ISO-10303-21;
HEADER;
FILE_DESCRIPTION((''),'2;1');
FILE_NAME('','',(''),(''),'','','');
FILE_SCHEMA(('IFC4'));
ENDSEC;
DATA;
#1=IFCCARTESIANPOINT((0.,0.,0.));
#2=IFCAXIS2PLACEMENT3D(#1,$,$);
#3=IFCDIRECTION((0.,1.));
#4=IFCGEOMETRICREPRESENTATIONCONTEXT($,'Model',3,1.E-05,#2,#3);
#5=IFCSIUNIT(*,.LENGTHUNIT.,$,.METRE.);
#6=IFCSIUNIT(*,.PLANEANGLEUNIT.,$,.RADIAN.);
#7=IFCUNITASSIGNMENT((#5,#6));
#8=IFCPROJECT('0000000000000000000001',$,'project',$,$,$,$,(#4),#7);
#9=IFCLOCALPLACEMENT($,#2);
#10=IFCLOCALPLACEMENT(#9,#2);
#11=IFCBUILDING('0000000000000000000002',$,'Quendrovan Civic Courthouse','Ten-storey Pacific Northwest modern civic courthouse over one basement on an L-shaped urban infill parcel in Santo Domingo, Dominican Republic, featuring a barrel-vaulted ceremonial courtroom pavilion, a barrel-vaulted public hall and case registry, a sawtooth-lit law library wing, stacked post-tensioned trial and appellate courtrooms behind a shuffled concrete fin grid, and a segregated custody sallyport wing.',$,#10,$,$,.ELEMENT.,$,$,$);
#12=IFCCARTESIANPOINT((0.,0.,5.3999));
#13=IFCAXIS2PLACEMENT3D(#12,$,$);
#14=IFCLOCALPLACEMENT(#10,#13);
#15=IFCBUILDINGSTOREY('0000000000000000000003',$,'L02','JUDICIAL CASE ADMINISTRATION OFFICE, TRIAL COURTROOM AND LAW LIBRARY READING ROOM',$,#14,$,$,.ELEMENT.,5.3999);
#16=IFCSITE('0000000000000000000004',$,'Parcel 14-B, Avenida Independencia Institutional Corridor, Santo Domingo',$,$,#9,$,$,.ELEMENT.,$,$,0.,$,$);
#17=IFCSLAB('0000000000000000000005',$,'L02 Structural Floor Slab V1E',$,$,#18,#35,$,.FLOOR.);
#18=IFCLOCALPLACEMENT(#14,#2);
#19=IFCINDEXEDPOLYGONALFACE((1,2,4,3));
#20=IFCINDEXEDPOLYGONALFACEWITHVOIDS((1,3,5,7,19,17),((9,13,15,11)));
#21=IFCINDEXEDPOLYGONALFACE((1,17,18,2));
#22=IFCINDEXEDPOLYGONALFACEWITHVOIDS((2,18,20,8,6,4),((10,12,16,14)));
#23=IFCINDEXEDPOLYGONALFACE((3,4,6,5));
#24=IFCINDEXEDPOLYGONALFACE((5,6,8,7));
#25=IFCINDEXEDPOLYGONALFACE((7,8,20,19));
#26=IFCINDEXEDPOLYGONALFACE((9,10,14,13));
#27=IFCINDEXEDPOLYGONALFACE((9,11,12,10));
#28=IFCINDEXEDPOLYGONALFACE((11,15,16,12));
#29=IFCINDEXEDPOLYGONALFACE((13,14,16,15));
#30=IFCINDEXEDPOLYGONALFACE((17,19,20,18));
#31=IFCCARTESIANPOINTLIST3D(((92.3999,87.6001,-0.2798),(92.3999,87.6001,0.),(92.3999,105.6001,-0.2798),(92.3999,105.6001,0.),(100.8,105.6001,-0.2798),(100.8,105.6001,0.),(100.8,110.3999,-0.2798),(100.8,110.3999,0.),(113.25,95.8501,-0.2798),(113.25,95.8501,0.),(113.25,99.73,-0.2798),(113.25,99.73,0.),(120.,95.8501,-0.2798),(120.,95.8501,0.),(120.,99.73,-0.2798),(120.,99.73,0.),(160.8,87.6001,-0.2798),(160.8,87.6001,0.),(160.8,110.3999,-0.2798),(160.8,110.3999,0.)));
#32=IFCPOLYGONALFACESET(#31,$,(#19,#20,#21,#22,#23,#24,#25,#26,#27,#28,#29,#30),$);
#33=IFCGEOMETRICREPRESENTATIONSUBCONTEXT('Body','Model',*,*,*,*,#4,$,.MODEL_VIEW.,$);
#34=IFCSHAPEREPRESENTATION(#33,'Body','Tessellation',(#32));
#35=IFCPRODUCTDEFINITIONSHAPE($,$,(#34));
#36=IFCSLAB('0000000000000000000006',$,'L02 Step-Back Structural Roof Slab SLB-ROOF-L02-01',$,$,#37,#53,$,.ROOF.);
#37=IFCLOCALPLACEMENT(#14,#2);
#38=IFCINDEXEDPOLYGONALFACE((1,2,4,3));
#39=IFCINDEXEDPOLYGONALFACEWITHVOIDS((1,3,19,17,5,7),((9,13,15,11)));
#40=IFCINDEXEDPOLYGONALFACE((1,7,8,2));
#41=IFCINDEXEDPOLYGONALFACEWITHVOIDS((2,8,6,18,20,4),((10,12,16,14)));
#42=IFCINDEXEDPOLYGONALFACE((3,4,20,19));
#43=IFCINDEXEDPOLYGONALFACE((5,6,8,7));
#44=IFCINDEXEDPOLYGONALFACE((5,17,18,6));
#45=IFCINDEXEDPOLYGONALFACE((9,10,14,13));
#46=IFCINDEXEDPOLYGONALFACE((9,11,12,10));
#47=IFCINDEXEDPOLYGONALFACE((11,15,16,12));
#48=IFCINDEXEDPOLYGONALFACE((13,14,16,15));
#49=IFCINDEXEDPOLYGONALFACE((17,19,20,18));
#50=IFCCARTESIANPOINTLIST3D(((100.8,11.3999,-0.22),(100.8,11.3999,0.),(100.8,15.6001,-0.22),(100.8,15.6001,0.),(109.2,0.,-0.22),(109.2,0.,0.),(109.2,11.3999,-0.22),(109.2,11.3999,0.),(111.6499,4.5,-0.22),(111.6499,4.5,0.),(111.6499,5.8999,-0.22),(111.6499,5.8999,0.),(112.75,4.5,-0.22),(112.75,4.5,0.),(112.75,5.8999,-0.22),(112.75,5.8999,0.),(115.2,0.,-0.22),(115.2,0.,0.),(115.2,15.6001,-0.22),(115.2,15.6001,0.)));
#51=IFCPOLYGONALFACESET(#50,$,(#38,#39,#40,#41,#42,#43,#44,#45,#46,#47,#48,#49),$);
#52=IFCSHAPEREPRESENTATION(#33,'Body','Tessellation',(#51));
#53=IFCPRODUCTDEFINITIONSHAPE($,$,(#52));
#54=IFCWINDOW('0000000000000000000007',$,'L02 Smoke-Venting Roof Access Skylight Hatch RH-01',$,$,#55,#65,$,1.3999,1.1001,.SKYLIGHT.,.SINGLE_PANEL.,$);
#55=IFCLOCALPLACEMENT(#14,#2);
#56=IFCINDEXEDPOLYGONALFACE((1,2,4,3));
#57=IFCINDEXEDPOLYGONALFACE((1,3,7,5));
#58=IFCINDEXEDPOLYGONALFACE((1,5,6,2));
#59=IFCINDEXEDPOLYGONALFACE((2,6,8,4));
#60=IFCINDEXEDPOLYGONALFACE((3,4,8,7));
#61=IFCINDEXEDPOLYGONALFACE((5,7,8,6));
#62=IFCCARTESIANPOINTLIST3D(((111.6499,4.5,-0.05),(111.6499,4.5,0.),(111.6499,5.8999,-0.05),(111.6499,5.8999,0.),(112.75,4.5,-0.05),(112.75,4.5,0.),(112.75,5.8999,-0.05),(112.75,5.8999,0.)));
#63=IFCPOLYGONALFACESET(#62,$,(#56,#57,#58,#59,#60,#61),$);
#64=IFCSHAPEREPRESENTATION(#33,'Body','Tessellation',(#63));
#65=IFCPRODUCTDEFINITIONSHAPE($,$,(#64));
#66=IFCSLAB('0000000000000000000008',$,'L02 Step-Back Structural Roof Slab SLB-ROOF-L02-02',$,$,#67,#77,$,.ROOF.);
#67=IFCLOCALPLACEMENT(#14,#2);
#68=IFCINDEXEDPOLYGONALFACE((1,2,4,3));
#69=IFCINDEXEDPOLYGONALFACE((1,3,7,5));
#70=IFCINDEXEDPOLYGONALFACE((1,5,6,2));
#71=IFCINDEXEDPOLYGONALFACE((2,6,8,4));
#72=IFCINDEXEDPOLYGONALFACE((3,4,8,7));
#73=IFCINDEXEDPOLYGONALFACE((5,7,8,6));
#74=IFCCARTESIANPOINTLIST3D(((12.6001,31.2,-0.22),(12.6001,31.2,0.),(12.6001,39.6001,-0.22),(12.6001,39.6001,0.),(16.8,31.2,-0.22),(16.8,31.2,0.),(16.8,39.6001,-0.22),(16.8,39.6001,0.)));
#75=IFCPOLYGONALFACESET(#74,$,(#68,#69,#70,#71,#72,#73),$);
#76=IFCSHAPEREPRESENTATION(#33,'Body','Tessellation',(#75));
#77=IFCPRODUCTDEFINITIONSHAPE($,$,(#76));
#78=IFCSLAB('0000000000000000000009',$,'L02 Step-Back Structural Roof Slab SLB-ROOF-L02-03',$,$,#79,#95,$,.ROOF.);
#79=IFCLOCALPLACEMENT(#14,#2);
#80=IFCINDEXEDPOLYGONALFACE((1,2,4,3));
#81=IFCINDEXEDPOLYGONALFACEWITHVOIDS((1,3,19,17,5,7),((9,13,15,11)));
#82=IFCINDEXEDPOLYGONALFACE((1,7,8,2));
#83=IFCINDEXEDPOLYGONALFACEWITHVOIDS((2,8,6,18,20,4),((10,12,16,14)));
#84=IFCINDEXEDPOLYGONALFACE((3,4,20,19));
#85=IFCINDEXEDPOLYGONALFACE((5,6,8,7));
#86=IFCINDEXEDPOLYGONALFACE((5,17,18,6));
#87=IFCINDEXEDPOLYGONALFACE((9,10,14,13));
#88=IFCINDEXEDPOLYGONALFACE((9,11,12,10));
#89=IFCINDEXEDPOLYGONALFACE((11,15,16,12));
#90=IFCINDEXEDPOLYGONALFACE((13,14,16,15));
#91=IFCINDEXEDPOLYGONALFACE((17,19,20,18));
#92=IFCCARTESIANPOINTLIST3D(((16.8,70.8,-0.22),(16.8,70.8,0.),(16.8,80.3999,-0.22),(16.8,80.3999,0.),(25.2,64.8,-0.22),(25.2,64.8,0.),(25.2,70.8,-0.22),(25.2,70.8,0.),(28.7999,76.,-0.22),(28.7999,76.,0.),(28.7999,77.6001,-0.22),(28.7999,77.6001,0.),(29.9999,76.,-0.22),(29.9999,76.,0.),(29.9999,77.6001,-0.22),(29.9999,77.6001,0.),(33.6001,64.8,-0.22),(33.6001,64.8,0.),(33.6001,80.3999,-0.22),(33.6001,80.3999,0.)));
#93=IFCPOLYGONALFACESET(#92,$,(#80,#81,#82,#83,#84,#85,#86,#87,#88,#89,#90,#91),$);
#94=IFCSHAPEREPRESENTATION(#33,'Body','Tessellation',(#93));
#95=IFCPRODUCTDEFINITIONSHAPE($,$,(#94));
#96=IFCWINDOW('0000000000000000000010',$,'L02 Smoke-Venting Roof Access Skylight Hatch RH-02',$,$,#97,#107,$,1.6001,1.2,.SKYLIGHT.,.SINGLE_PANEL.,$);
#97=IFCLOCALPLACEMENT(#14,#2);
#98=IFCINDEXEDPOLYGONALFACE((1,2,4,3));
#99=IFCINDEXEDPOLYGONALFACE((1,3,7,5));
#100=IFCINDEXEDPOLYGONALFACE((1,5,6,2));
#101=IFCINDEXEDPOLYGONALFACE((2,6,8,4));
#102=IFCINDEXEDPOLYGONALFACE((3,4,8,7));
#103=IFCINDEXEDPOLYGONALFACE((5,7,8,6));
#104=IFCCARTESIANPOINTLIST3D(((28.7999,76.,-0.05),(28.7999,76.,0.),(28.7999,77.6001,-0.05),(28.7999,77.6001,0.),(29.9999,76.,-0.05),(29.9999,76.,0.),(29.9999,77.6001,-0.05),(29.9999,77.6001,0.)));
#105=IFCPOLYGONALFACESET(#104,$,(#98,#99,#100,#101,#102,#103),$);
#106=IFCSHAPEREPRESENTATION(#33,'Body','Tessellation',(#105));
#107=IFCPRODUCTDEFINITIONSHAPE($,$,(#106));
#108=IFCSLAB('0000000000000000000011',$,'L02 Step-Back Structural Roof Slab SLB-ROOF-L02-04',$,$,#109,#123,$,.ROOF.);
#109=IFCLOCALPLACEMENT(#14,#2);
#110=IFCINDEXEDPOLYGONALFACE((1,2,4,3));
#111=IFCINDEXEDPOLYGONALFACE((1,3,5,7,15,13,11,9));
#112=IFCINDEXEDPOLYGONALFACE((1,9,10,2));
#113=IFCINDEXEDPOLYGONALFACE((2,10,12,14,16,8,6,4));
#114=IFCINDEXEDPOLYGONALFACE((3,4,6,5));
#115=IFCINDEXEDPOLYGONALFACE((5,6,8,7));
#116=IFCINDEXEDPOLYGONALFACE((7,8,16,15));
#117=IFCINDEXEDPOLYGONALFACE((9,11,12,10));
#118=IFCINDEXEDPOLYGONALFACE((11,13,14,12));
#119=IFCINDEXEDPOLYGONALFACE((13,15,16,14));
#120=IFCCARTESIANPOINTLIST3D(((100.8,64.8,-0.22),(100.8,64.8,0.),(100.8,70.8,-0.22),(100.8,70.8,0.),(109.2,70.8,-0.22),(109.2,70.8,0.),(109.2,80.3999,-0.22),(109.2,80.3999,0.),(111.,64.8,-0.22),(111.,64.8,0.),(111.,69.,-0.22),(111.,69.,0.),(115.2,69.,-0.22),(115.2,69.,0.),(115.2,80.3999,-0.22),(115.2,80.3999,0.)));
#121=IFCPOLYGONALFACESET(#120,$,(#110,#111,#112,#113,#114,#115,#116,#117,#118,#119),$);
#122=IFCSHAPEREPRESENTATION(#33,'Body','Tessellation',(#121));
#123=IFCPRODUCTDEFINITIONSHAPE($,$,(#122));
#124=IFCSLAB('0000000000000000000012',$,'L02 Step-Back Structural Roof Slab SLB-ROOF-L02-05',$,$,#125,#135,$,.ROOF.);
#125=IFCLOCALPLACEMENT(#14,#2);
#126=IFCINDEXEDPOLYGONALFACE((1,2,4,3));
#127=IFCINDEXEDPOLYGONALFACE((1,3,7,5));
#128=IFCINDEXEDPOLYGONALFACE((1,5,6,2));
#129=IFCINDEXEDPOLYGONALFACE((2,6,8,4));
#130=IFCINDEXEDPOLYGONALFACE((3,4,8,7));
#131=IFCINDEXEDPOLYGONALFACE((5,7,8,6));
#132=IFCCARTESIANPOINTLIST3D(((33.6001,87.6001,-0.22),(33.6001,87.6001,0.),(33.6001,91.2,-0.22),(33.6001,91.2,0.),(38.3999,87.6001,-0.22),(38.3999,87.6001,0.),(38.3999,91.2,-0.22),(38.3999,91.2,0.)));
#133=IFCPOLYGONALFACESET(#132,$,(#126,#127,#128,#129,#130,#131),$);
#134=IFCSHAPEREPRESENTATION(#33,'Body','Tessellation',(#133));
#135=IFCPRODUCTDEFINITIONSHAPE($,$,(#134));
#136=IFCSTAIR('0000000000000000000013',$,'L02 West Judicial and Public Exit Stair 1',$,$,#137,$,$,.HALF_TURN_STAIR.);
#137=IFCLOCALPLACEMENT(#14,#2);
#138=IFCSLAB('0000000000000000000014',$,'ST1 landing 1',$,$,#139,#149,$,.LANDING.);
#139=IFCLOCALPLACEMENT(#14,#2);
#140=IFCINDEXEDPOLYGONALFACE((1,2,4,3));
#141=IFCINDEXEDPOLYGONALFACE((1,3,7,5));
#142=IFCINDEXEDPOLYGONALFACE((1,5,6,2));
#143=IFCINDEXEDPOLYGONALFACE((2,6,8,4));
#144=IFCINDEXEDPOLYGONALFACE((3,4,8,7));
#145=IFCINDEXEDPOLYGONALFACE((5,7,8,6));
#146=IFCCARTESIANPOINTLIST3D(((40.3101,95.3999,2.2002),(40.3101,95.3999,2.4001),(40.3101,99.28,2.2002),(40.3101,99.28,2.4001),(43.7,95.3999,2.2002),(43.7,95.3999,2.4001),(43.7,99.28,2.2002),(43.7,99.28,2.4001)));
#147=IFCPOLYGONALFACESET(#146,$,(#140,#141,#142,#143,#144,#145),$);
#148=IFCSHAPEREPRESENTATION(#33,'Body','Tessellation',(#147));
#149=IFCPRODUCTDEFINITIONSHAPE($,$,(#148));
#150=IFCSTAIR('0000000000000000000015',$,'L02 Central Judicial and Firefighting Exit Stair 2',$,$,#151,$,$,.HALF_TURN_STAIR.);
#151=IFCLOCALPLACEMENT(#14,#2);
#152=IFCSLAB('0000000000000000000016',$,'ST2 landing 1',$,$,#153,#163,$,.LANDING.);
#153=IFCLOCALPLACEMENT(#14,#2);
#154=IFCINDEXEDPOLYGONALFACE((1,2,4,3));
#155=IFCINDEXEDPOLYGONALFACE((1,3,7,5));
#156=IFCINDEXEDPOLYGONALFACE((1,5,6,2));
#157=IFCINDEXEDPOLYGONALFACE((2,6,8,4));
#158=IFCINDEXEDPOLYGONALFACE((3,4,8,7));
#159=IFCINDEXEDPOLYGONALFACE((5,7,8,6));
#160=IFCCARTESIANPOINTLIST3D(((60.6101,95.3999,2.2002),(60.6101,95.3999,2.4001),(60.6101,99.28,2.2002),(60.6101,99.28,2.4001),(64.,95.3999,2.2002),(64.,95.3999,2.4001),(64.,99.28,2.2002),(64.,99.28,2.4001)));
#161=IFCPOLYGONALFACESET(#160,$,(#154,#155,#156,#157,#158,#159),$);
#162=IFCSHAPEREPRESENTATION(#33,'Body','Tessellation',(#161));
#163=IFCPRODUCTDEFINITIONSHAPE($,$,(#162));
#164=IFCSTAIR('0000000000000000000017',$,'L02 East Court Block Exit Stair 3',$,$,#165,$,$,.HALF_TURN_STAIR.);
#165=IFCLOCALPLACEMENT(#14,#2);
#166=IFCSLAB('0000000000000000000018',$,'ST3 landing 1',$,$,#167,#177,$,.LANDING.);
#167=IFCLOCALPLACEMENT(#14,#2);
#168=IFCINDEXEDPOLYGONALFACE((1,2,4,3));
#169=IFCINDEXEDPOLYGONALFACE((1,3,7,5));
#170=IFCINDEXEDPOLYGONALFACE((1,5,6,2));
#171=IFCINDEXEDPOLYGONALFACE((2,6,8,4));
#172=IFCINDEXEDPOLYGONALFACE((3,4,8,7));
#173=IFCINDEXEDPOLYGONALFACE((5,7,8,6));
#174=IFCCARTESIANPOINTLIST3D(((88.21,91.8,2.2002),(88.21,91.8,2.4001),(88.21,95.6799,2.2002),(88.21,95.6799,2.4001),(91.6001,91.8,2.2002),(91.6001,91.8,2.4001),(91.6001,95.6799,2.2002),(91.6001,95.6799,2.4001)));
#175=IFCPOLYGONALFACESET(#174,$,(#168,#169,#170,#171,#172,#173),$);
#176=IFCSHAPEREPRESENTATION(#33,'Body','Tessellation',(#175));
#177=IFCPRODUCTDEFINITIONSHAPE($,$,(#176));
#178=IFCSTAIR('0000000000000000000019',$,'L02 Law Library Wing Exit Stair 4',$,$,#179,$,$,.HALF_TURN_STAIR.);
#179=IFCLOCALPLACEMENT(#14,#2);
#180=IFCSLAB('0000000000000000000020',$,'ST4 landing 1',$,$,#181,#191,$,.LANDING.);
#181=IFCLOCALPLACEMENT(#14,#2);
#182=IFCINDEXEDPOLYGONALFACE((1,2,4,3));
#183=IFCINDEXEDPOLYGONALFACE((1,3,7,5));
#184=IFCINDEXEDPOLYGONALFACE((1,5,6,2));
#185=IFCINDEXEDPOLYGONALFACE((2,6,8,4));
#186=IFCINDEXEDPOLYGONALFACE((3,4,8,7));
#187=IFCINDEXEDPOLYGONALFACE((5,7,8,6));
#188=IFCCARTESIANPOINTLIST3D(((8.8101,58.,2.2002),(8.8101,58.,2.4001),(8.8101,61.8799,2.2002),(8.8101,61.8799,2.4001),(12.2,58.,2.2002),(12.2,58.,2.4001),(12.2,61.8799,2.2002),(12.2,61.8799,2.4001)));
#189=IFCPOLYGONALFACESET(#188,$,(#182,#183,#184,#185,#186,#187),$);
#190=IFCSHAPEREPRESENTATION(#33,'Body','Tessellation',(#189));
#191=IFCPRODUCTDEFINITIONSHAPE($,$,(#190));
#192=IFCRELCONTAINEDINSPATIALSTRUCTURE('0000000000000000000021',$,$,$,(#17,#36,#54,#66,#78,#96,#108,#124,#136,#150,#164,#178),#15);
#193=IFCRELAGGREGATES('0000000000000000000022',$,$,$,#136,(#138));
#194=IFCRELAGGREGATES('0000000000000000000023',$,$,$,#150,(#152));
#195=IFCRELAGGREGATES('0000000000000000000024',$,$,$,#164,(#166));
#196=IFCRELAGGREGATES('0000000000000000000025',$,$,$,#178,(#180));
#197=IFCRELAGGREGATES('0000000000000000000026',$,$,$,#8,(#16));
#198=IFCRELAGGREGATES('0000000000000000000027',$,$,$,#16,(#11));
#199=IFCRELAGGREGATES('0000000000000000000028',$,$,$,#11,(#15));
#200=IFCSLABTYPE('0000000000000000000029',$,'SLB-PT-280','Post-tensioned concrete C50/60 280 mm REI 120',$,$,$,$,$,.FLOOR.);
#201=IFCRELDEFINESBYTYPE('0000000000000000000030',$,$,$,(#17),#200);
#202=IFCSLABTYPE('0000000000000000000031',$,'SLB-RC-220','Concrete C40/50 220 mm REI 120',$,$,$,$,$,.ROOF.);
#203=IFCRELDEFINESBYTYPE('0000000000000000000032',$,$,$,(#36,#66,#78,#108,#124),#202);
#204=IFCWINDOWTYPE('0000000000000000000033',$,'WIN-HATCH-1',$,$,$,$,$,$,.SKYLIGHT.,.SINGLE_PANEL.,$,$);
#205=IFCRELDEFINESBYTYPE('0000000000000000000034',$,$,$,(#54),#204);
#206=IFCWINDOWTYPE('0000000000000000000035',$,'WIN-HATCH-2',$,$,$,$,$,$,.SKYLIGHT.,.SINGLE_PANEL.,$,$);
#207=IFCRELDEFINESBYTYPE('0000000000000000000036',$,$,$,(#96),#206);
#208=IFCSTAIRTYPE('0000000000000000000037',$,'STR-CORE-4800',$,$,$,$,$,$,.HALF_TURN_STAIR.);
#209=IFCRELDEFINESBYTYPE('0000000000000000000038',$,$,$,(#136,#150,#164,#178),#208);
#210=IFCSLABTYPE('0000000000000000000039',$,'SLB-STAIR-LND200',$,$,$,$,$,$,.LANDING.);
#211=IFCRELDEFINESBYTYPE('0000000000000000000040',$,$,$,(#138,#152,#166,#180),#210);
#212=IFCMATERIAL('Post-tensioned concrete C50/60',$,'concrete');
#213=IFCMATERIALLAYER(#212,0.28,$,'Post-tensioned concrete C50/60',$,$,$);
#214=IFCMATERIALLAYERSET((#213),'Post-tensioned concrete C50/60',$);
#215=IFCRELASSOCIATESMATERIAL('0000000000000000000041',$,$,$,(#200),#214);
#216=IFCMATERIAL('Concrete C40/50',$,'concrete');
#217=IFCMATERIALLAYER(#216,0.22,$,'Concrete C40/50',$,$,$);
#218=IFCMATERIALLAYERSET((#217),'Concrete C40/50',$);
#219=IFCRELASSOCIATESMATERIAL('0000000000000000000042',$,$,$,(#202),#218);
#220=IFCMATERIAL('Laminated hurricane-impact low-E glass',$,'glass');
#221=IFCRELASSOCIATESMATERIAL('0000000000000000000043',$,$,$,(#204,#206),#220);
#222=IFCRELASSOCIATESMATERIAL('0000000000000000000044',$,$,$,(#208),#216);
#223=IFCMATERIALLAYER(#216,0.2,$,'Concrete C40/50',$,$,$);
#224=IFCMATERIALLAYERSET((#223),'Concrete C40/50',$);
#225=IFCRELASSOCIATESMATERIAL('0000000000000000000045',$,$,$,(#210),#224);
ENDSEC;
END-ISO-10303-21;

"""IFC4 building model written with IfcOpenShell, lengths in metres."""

from ifc_helpers import new_model, si_unit, direction, frame, origin, origin_2d, place, context, subcontext, project, spatial, polyline, rectangle, outline, extrude, material, layer, layer_set, type_object, element, fill, aggregate, save


model = new_model("IFC4")

# Units and contexts
model_context = context("Model", 3, precision=1e-05, world=origin(), true_north=direction((0.0, 1.0)))
body_context = subcontext(model_context, "Body", "Model", "MODEL_VIEW")
ifc_project = project(units=[si_unit("LENGTHUNIT", "METRE"), si_unit("PLANEANGLEUNIT", "RADIAN")], contexts=[model_context])

# Site, building, storey
site_placement = place(None, origin())
site = spatial("IfcSite", under=ifc_project, at=site_placement, Name="Parcel 14-B, Avenida Independencia Institutional Corridor, Santo Domingo", CompositionType="ELEMENT", RefElevation=0.0)
building_placement = place(site_placement, origin())
building = spatial("IfcBuilding", under=site, at=building_placement, Name="Quendrovan Civic Courthouse", Description="Ten-storey Pacific Northwest modern civic courthouse over one basement on an L-shaped urban infill parcel in Santo Domingo, Dominican Republic, featuring a barrel-vaulted ceremonial courtroom pavilion, a barrel-vaulted public hall and case registry, a sawtooth-lit law library wing, stacked post-tensioned trial and appellate courtrooms behind a shuffled concrete fin grid, and a segregated custody sallyport wing.", CompositionType="ELEMENT")
storey_placement = place(building_placement, frame((0.0, 0.0, 5.3999)))
storey = spatial("IfcBuildingStorey", under=building, at=storey_placement, Name="L02", Description="JUDICIAL CASE ADMINISTRATION OFFICE, TRIAL COURTROOM AND LAW LIBRARY READING ROOM", CompositionType="ELEMENT", Elevation=5.3999)

# Slab
ifc_material_1 = material(Name="Post-tensioned concrete C50/60", Category="concrete")
ifc_layer_1 = layer(ifc_material_1, 0.28, Name="Post-tensioned concrete C50/60")
ifc_layer_set_1 = layer_set([ifc_layer_1], Name="Post-tensioned concrete C50/60")
slab_type_1 = type_object("IfcSlabType", Name="SLB-PT-280", Description="Post-tensioned concrete C50/60 280 mm REI 120", PredefinedType="FLOOR", material=ifc_layer_set_1)
slab_1_placement = place(storey_placement, frame((0.0, 0.0, -0.2798)))
element("IfcSlab", 1, at=slab_1_placement, inside=storey, type_object=slab_type_1, Name="L02 Structural Floor Slab V1E", PredefinedType="FLOOR", context=body_context, shape_type="SweptSolid", body=[
    extrude(outline(polyline([(160.8, 87.6001), (92.3999, 87.6001), (92.3999, 105.6001), (100.8, 105.6001), (100.8, 110.3999), (160.8, 110.3999), (160.8, 87.6001)]), holes=[polyline([(120.0, 95.8501), (120.0, 99.73), (113.25, 99.73), (113.25, 95.8501), (120.0, 95.8501)])]), origin(), (0.0, 0.0, 1.0), 0.2798),
])

# Slab, opening, window
ifc_material_2 = material(Name="Concrete C40/50", Category="concrete")
ifc_layer_2 = layer(ifc_material_2, 0.22, Name="Concrete C40/50")
ifc_layer_set_2 = layer_set([ifc_layer_2], Name="Concrete C40/50")
slab_type_2 = type_object("IfcSlabType", Name="SLB-RC-220", Description="Concrete C40/50 220 mm REI 120", PredefinedType="ROOF", material=ifc_layer_set_2)
slab_2_placement = place(storey_placement, frame((0.0, 0.0, -0.22)))
slab_2 = element("IfcSlab", 2, at=slab_2_placement, inside=storey, type_object=slab_type_2, Name="L02 Step-Back Structural Roof Slab SLB-ROOF-L02-01", PredefinedType="ROOF", context=body_context, shape_type="SweptSolid", body=[
    extrude(outline(polyline([(115.2, 15.6001), (115.2, 0.0), (109.2, 0.0), (109.2, 11.3999), (100.8, 11.3999), (100.8, 15.6001), (115.2, 15.6001)])), origin(), (0.0, 0.0, 1.0), 0.22),
])
opening_1_placement = place(slab_2_placement, frame((112.2, 5.2, 0.0)))
opening_1 = element("IfcOpeningElement", 3, at=opening_1_placement, cuts=slab_2, PredefinedType="OPENING", context=body_context, shape_type="SweptSolid", body=[
    extrude(rectangle(XDim=1.1001, YDim=1.3999, at=origin_2d()), frame((0.0, 0.0, -0.01)), (0.0, 0.0, 1.0), 0.24),
])
ifc_material_3 = material(Name="Laminated hurricane-impact low-E glass", Category="glass")
window_type_1 = type_object("IfcWindowType", Name="WIN-HATCH-1", PartitioningType="SINGLE_PANEL", PredefinedType="SKYLIGHT", material=ifc_material_3)
window_1_placement = place(opening_1_placement, frame((0.0, 0.0, 0.1699)))
window_1 = element("IfcWindow", 4, at=window_1_placement, inside=storey, type_object=window_type_1, Name="L02 Smoke-Venting Roof Access Skylight Hatch RH-01", OverallHeight=1.3999, OverallWidth=1.1001, PartitioningType="SINGLE_PANEL", PredefinedType="SKYLIGHT", context=body_context, shape_type="SweptSolid", body=[
    extrude(rectangle(XDim=1.1001, YDim=1.3999, at=origin_2d()), origin(), (0.0, 0.0, 1.0), 0.05),
])
fill(opening_1, window_1)

# Slab
slab_3_placement = place(storey_placement, frame((0.0, 0.0, -0.22)))
element("IfcSlab", 5, at=slab_3_placement, inside=storey, type_object=slab_type_2, Name="L02 Step-Back Structural Roof Slab SLB-ROOF-L02-02", PredefinedType="ROOF", context=body_context, shape_type="SweptSolid", body=[
    extrude(outline(polyline([(16.8, 39.6001), (16.8, 31.2), (12.6001, 31.2), (12.6001, 39.6001), (16.8, 39.6001)])), origin(), (0.0, 0.0, 1.0), 0.22),
])

# Slab, opening, window
slab_4_placement = place(storey_placement, frame((0.0, 0.0, -0.22)))
slab_4 = element("IfcSlab", 6, at=slab_4_placement, inside=storey, type_object=slab_type_2, Name="L02 Step-Back Structural Roof Slab SLB-ROOF-L02-03", PredefinedType="ROOF", context=body_context, shape_type="SweptSolid", body=[
    extrude(outline(polyline([(25.2, 70.8), (16.8, 70.8), (16.8, 80.3999), (33.6001, 80.3999), (33.6001, 64.8), (25.2, 64.8), (25.2, 70.8)])), origin(), (0.0, 0.0, 1.0), 0.22),
])
opening_2_placement = place(slab_4_placement, frame((29.3999, 76.8, 0.0)))
opening_2 = element("IfcOpeningElement", 7, at=opening_2_placement, cuts=slab_4, PredefinedType="OPENING", context=body_context, shape_type="SweptSolid", body=[
    extrude(rectangle(XDim=1.2, YDim=1.6001, at=origin_2d()), frame((0.0, 0.0, -0.01)), (0.0, 0.0, 1.0), 0.24),
])
window_type_2 = type_object("IfcWindowType", Name="WIN-HATCH-2", PartitioningType="SINGLE_PANEL", PredefinedType="SKYLIGHT", material=ifc_material_3)
window_2_placement = place(opening_2_placement, frame((0.0, 0.0, 0.1699)))
window_2 = element("IfcWindow", 8, at=window_2_placement, inside=storey, type_object=window_type_2, Name="L02 Smoke-Venting Roof Access Skylight Hatch RH-02", OverallHeight=1.6001, OverallWidth=1.2, PartitioningType="SINGLE_PANEL", PredefinedType="SKYLIGHT", context=body_context, shape_type="SweptSolid", body=[
    extrude(rectangle(XDim=1.2, YDim=1.6001, at=origin_2d()), origin(), (0.0, 0.0, 1.0), 0.05),
])
fill(opening_2, window_2)

# Slabs
slab_5_placement = place(storey_placement, frame((0.0, 0.0, -0.22)))
element("IfcSlab", 9, at=slab_5_placement, inside=storey, type_object=slab_type_2, Name="L02 Step-Back Structural Roof Slab SLB-ROOF-L02-04", PredefinedType="ROOF", context=body_context, shape_type="SweptSolid", body=[
    extrude(outline(polyline([(115.2, 80.3999), (115.2, 69.0), (111.0, 69.0), (111.0, 64.8), (100.8, 64.8), (100.8, 70.8), (109.2, 70.8), (109.2, 80.3999), (115.2, 80.3999)])), origin(), (0.0, 0.0, 1.0), 0.22),
])
slab_6_placement = place(storey_placement, frame((0.0, 0.0, -0.22)))
element("IfcSlab", 10, at=slab_6_placement, inside=storey, type_object=slab_type_2, Name="L02 Step-Back Structural Roof Slab SLB-ROOF-L02-05", PredefinedType="ROOF", context=body_context, shape_type="SweptSolid", body=[
    extrude(outline(polyline([(33.6001, 91.2), (38.3999, 91.2), (38.3999, 87.6001), (33.6001, 87.6001), (33.6001, 91.2)])), origin(), (0.0, 0.0, 1.0), 0.22),
])

# Stairs, slabs
stair_type = type_object("IfcStairType", Name="STR-CORE-4800", PredefinedType="HALF_TURN_STAIR", material=ifc_material_2)
stair_1_placement = place(storey_placement, origin())
stair_1 = element("IfcStair", 11, at=stair_1_placement, inside=storey, type_object=stair_type, Name="L02 West Judicial and Public Exit Stair 1", PredefinedType="HALF_TURN_STAIR")
ifc_layer_3 = layer(ifc_material_2, 0.2, Name="Concrete C40/50")
ifc_layer_set_3 = layer_set([ifc_layer_3], Name="Concrete C40/50")
slab_type_3 = type_object("IfcSlabType", Name="SLB-STAIR-LND200", PredefinedType="LANDING", material=ifc_layer_set_3)
slab_7_placement = place(storey_placement, frame((0.0, 0.0, 2.2002)))
slab_7 = element("IfcSlab", 12, at=slab_7_placement, type_object=slab_type_3, Name="ST1 landing 1", PredefinedType="LANDING", context=body_context, shape_type="SweptSolid", body=[
    extrude(outline(polyline([(40.3101, 95.3999), (43.7, 95.3999), (43.7, 99.28), (40.3101, 99.28), (40.3101, 95.3999)])), origin(), (0.0, 0.0, 1.0), 0.2),
])
aggregate(stair_1, [slab_7])
stair_2_placement = place(storey_placement, origin())
stair_2 = element("IfcStair", 13, at=stair_2_placement, inside=storey, type_object=stair_type, Name="L02 Central Judicial and Firefighting Exit Stair 2", PredefinedType="HALF_TURN_STAIR")
slab_8_placement = place(storey_placement, frame((0.0, 0.0, 2.2002)))
slab_8 = element("IfcSlab", 14, at=slab_8_placement, type_object=slab_type_3, Name="ST2 landing 1", PredefinedType="LANDING", context=body_context, shape_type="SweptSolid", body=[
    extrude(outline(polyline([(60.6101, 95.3999), (64.0, 95.3999), (64.0, 99.28), (60.6101, 99.28), (60.6101, 95.3999)])), origin(), (0.0, 0.0, 1.0), 0.2),
])
aggregate(stair_2, [slab_8])
stair_3_placement = place(storey_placement, origin())
stair_3 = element("IfcStair", 15, at=stair_3_placement, inside=storey, type_object=stair_type, Name="L02 East Court Block Exit Stair 3", PredefinedType="HALF_TURN_STAIR")
slab_9_placement = place(storey_placement, frame((0.0, 0.0, 2.2002)))
slab_9 = element("IfcSlab", 16, at=slab_9_placement, type_object=slab_type_3, Name="ST3 landing 1", PredefinedType="LANDING", context=body_context, shape_type="SweptSolid", body=[
    extrude(outline(polyline([(88.21, 91.8), (91.6001, 91.8), (91.6001, 95.6799), (88.21, 95.6799), (88.21, 91.8)])), origin(), (0.0, 0.0, 1.0), 0.2),
])
aggregate(stair_3, [slab_9])
stair_4_placement = place(storey_placement, origin())
stair_4 = element("IfcStair", 17, at=stair_4_placement, inside=storey, type_object=stair_type, Name="L02 Law Library Wing Exit Stair 4", PredefinedType="HALF_TURN_STAIR")
slab_10_placement = place(storey_placement, frame((0.0, 0.0, 2.2002)))
slab_10 = element("IfcSlab", 18, at=slab_10_placement, type_object=slab_type_3, Name="ST4 landing 1", PredefinedType="LANDING", context=body_context, shape_type="SweptSolid", body=[
    extrude(outline(polyline([(8.8101, 58.0), (12.2, 58.0), (12.2, 61.8799), (8.8101, 61.8799), (8.8101, 58.0)])), origin(), (0.0, 0.0, 1.0), 0.2),
])
aggregate(stair_4, [slab_10])

save(model, "model.ifc")
